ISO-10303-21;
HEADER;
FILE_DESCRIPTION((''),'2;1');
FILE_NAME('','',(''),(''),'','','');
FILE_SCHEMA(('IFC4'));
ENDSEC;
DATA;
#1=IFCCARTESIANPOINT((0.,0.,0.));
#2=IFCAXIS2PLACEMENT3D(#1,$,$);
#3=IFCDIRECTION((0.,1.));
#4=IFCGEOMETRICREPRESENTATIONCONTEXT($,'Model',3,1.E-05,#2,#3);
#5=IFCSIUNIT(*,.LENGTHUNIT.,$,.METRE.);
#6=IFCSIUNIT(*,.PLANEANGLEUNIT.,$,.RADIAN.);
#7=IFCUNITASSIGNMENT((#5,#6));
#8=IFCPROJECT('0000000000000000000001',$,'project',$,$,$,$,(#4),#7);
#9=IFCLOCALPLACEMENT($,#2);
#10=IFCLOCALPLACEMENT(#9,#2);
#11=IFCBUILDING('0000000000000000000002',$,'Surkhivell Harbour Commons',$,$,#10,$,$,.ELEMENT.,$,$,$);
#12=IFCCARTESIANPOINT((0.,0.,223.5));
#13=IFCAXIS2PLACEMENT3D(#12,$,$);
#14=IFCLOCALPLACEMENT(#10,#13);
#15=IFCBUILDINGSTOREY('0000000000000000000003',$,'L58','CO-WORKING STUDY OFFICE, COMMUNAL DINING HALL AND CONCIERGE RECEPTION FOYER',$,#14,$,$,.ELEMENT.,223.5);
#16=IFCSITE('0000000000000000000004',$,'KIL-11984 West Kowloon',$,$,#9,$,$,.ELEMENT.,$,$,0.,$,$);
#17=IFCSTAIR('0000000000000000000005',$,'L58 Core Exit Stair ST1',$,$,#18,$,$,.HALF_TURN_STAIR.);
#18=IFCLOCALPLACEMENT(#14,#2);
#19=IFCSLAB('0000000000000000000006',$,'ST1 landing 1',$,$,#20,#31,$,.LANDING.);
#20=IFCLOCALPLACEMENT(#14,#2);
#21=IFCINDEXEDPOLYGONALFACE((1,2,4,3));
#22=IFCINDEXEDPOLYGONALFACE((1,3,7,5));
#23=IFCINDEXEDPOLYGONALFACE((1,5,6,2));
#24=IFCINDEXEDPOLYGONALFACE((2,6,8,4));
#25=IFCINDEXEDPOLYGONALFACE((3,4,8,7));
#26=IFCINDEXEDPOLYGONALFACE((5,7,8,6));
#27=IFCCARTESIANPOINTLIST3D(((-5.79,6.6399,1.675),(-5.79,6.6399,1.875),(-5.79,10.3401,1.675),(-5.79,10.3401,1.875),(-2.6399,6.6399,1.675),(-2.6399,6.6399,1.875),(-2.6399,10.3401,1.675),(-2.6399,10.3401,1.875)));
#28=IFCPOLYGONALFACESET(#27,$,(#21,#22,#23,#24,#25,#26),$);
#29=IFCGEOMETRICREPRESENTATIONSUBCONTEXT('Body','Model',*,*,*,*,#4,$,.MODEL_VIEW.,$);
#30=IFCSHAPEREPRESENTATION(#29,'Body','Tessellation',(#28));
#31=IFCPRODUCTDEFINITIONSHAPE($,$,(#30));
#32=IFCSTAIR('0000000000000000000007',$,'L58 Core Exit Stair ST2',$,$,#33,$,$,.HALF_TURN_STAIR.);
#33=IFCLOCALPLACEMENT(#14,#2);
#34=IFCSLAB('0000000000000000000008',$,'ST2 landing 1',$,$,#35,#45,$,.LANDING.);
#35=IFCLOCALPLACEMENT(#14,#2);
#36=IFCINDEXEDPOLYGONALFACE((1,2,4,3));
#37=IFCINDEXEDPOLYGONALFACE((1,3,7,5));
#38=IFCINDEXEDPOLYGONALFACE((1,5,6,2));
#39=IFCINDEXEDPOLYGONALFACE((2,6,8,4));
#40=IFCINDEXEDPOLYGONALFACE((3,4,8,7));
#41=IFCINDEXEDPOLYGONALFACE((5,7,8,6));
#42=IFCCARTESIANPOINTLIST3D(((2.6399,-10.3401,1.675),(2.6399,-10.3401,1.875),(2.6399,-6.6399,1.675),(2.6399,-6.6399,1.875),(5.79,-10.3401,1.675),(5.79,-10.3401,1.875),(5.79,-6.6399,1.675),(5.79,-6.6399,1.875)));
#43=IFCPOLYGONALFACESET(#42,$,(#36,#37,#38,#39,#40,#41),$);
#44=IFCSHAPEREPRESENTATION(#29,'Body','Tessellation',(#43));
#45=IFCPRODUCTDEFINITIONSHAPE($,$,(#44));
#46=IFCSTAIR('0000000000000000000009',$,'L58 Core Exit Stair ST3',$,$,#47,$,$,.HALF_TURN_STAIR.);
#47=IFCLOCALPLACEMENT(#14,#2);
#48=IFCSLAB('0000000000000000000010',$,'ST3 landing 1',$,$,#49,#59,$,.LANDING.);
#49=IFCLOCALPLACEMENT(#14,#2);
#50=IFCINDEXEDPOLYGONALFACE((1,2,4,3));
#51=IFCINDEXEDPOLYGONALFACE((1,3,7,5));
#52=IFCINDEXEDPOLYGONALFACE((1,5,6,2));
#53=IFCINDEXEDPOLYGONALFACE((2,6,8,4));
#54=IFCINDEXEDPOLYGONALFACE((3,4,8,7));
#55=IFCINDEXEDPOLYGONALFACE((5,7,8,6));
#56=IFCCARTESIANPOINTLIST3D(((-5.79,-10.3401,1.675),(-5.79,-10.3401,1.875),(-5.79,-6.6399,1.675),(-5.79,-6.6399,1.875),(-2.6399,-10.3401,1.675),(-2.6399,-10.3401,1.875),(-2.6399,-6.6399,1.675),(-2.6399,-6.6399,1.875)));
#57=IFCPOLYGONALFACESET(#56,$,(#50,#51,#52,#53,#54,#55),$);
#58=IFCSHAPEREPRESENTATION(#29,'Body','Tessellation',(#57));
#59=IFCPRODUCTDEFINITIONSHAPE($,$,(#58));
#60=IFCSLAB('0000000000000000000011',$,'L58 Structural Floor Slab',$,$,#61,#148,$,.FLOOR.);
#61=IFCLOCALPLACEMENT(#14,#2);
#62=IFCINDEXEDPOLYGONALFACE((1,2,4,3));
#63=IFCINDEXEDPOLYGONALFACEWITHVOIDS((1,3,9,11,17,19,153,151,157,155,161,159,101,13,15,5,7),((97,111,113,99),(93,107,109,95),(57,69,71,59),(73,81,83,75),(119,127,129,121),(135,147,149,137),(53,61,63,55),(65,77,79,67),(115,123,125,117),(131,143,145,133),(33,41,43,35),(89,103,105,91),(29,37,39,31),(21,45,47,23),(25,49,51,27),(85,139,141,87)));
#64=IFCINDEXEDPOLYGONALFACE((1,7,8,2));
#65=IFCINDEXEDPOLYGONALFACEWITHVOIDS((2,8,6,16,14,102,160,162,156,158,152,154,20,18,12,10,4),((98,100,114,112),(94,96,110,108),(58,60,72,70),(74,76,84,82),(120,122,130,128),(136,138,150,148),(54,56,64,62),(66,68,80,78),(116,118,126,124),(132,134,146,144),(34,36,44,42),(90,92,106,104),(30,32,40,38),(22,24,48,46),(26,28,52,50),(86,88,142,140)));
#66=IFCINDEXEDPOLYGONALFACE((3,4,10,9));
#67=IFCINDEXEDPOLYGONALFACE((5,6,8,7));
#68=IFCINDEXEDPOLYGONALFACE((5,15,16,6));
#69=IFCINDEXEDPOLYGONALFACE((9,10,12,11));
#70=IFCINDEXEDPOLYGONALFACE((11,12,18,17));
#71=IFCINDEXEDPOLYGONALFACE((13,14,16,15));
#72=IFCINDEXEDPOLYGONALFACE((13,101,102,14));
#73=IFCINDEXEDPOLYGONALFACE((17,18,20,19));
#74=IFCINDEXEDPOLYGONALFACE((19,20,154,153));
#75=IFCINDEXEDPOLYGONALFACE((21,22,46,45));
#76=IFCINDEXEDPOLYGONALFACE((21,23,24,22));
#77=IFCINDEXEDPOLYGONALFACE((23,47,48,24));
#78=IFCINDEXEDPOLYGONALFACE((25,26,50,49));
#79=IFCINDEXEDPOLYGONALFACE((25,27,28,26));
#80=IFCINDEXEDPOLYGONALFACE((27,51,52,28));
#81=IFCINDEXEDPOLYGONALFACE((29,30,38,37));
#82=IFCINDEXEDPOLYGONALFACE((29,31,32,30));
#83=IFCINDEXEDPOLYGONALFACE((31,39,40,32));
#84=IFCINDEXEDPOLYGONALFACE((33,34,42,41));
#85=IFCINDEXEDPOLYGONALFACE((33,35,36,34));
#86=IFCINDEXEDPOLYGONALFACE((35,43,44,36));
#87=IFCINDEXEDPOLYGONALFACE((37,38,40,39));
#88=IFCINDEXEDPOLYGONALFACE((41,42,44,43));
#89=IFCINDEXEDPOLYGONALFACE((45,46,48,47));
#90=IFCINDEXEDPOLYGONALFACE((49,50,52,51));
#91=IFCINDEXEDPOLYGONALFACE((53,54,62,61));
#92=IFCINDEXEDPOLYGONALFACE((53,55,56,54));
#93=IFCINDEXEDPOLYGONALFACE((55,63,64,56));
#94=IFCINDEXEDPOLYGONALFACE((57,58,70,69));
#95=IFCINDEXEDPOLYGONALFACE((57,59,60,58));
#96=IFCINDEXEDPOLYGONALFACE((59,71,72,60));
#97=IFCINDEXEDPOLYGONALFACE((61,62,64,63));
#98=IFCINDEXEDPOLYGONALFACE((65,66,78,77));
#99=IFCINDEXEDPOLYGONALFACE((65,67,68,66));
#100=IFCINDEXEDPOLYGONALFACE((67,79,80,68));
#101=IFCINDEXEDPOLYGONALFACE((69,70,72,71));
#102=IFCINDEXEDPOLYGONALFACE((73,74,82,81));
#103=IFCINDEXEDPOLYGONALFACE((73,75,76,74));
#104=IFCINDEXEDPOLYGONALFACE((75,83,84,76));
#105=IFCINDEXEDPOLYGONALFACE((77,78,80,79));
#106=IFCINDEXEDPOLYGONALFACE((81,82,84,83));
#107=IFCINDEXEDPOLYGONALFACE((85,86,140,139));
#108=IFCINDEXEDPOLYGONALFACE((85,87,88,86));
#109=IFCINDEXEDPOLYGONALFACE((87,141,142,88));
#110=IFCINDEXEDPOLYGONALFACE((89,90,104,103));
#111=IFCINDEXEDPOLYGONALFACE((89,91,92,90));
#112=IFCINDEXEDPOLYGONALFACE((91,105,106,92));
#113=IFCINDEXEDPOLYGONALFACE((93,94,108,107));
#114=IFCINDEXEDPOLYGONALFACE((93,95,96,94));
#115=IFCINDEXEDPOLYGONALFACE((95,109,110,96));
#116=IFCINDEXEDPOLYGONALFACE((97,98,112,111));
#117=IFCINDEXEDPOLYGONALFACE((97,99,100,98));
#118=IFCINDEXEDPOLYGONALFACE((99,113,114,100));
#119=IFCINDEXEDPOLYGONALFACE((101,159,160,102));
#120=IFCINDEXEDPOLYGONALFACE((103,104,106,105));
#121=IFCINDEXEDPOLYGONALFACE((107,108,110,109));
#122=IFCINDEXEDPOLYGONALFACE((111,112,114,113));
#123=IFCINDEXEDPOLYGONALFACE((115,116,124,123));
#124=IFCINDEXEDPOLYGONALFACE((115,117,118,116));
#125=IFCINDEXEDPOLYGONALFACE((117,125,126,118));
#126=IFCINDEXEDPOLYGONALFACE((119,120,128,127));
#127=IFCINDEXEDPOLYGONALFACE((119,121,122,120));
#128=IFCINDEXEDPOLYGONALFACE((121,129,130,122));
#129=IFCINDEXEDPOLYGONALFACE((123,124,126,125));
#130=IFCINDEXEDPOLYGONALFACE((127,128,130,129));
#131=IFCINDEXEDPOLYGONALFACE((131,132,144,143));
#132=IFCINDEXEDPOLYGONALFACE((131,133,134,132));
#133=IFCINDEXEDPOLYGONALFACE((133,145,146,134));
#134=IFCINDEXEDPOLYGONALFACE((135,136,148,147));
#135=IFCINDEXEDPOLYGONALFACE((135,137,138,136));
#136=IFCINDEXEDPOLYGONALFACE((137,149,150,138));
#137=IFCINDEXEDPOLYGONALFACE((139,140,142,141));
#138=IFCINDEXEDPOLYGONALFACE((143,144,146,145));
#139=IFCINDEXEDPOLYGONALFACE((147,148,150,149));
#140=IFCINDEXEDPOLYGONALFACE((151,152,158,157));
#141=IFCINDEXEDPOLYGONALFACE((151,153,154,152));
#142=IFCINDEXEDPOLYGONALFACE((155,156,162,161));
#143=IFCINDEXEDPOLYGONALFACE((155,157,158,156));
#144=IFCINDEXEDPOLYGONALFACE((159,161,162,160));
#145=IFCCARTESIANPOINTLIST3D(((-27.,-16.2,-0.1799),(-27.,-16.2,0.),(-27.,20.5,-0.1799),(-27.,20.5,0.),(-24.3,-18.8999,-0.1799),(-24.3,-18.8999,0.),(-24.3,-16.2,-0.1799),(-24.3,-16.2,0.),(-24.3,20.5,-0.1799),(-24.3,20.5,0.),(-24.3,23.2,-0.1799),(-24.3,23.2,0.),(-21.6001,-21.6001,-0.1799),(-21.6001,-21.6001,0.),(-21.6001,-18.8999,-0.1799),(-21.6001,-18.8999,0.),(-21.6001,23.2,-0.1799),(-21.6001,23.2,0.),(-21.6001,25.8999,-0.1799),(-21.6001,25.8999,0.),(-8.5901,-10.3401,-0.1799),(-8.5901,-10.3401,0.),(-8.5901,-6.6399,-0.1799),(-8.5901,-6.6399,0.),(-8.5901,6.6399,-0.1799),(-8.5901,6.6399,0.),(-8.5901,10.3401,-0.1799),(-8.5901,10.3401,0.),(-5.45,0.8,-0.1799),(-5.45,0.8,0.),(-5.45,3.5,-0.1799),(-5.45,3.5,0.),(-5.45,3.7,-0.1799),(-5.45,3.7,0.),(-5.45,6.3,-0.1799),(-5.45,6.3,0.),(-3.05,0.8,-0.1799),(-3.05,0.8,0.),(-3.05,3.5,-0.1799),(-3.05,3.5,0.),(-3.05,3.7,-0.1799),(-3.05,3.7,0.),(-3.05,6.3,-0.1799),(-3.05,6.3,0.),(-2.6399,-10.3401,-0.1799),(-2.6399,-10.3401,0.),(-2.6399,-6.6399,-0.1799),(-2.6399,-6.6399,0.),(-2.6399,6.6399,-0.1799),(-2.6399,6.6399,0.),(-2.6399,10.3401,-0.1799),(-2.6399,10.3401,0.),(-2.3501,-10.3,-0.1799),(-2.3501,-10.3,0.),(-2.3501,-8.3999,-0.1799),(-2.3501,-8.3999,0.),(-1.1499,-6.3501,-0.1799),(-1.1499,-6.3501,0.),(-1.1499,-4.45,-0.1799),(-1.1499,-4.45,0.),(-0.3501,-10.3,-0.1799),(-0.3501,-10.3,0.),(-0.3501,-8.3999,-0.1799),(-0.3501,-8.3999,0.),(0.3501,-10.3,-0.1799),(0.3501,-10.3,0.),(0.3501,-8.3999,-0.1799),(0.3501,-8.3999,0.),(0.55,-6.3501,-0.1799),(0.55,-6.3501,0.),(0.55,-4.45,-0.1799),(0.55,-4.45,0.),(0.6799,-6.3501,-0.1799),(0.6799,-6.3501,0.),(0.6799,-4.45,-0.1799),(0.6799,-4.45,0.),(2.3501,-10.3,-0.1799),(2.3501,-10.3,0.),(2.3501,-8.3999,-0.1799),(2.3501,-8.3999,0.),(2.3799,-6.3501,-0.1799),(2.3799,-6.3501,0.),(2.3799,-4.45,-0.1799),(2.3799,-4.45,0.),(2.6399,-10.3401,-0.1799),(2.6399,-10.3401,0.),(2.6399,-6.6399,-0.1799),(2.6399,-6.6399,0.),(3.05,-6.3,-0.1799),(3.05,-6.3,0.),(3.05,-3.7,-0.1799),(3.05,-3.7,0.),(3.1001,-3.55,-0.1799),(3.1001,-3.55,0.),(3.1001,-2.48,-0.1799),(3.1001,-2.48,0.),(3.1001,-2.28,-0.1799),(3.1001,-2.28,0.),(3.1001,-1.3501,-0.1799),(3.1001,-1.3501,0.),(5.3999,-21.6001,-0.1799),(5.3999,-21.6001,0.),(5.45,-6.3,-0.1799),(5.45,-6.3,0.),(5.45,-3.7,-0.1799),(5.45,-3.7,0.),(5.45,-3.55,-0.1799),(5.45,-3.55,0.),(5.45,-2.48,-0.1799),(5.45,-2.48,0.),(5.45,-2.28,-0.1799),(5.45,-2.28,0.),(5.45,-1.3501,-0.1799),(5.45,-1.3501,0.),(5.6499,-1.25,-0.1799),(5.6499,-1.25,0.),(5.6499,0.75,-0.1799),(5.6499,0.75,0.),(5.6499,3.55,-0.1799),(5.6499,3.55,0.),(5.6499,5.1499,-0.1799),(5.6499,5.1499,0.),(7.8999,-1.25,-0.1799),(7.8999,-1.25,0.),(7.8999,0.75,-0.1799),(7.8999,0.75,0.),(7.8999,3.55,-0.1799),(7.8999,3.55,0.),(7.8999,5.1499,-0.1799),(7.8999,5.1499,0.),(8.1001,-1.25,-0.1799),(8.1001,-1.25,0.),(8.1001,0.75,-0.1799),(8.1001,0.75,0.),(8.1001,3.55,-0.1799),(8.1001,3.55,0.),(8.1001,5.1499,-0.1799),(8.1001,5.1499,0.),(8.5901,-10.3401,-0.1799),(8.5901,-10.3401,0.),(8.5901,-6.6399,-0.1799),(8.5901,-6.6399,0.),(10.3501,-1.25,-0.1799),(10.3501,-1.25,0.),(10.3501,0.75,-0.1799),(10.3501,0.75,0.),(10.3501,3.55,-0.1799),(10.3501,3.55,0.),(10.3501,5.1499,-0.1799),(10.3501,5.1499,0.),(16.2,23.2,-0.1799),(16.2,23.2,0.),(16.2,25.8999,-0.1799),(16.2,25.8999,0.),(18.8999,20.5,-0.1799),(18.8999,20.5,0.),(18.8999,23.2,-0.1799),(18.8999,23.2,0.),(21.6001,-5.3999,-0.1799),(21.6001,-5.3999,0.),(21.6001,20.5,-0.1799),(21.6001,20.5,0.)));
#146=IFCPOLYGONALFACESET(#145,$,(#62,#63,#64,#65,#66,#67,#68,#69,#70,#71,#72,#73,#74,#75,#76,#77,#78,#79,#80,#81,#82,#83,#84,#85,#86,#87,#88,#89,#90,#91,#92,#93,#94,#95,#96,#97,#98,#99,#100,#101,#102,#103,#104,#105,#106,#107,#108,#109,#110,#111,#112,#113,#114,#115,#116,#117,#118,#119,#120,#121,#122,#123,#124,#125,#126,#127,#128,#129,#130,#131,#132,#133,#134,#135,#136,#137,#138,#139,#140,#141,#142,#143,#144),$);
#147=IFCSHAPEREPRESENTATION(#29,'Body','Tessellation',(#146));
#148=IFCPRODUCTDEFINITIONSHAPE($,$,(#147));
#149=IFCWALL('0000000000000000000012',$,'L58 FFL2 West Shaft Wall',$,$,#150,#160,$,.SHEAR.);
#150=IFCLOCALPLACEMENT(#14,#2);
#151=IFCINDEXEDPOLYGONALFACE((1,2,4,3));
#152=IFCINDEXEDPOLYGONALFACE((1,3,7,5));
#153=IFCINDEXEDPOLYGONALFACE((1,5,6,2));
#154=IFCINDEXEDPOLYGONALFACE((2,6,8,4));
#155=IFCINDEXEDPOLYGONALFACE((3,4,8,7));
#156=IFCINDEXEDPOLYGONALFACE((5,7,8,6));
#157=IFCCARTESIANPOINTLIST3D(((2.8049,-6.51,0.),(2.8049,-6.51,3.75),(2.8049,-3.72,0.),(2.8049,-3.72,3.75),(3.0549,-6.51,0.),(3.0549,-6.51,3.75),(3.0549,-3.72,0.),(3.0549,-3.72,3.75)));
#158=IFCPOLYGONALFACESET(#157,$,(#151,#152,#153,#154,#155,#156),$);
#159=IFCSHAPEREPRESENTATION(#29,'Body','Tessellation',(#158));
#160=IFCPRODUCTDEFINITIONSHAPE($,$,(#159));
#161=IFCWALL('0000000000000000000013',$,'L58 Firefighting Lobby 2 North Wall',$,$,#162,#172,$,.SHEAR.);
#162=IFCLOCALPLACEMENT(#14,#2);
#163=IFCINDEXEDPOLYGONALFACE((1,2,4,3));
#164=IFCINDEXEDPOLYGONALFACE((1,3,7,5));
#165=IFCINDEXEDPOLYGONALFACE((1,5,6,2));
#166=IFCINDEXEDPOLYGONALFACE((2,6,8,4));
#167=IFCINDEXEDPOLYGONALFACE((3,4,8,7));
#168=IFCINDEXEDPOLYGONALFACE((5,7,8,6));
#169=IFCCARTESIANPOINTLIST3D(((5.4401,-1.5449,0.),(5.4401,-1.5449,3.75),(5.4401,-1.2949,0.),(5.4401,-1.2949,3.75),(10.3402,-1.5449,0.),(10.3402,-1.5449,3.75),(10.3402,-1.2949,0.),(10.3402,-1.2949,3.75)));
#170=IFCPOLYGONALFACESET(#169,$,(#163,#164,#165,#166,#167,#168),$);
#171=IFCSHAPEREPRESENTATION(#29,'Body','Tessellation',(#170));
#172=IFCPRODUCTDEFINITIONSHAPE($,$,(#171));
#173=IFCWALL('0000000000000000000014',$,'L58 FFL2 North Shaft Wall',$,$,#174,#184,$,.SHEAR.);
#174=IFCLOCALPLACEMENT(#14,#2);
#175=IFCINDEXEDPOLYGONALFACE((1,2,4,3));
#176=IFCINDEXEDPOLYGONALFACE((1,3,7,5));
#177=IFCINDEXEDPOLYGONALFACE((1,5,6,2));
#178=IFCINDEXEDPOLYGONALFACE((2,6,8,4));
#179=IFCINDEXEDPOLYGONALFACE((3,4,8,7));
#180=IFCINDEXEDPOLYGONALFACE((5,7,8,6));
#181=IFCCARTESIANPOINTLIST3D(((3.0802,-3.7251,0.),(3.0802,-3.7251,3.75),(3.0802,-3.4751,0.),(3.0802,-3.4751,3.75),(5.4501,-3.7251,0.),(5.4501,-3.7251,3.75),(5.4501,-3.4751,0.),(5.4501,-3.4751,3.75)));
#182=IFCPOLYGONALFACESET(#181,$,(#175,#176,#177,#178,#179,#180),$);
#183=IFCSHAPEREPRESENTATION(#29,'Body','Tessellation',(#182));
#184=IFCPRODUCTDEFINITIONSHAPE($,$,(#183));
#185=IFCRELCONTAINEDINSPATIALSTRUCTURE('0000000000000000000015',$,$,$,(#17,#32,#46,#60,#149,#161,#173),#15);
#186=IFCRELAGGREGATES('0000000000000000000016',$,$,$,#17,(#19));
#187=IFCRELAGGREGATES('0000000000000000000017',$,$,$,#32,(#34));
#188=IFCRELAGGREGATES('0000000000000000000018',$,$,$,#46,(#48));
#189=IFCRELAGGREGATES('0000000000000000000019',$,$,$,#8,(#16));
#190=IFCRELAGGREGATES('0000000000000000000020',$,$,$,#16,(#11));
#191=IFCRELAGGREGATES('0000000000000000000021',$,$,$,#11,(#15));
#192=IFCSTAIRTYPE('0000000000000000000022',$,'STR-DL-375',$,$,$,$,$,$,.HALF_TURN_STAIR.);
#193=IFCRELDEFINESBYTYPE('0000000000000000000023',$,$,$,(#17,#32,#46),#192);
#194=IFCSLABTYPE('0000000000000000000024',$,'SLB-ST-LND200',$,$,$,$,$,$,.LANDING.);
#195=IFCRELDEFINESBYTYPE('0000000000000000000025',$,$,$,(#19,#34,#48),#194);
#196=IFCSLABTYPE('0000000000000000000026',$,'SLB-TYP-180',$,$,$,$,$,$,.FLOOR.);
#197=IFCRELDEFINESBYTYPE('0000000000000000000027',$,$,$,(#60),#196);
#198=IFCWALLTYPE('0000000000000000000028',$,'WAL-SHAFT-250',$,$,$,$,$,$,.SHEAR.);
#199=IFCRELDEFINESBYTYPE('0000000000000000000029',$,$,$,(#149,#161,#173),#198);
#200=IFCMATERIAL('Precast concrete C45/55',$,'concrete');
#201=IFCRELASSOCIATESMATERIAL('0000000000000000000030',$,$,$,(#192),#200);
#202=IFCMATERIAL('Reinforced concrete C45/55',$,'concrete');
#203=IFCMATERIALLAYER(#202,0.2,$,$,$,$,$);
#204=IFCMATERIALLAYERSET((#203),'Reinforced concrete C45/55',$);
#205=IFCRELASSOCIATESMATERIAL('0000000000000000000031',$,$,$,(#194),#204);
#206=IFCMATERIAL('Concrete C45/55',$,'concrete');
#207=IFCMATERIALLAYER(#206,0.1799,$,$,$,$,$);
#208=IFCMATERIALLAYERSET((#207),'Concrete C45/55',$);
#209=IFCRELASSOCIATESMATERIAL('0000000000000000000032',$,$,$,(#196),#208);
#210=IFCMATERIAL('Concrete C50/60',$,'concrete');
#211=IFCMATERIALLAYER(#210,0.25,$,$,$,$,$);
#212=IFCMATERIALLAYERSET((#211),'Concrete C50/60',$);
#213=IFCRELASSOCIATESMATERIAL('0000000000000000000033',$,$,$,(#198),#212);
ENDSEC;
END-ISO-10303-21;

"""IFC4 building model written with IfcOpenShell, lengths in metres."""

from ifc_helpers import new_model, si_unit, direction, frame, frame_2d, origin, place, context, subcontext, project, spatial, polyline, rectangle, outline, extrude, material, layer, layer_set, type_object, element, aggregate, save


model = new_model("IFC4")

# Units and contexts
model_context = context("Model", 3, precision=1e-05, world=origin(), true_north=direction((0.0, 1.0)))
body_context = subcontext(model_context, "Body", "Model", "MODEL_VIEW")
ifc_project = project(units=[si_unit("LENGTHUNIT", "METRE"), si_unit("PLANEANGLEUNIT", "RADIAN")], contexts=[model_context])

# Site, building, storey
site_placement = place(None, origin())
site = spatial("IfcSite", under=ifc_project, at=site_placement, Name="KIL-11984 West Kowloon", CompositionType="ELEMENT", RefElevation=0.0)
building_placement = place(site_placement, origin())
building = spatial("IfcBuilding", under=site, at=building_placement, Name="Surkhivell Harbour Commons", CompositionType="ELEMENT")
storey_placement = place(building_placement, frame((0.0, 0.0, 223.5)))
storey = spatial("IfcBuildingStorey", under=building, at=storey_placement, Name="L58", Description="CO-WORKING STUDY OFFICE, COMMUNAL DINING HALL AND CONCIERGE RECEPTION FOYER", CompositionType="ELEMENT", Elevation=223.5)

# Stairs, slabs
ifc_material_1 = material(Name="Precast concrete C45/55", Category="concrete")
stair_type = type_object("IfcStairType", Name="STR-DL-375", PredefinedType="HALF_TURN_STAIR", material=ifc_material_1)
stair_1_placement = place(storey_placement, origin())
stair_1 = element("IfcStair", 1, at=stair_1_placement, inside=storey, type_object=stair_type, Name="L58 Core Exit Stair ST1", PredefinedType="HALF_TURN_STAIR")
ifc_material_2 = material(Name="Reinforced concrete C45/55", Category="concrete")
ifc_layer_1 = layer(ifc_material_2, 0.2)
ifc_layer_set_1 = layer_set([ifc_layer_1], Name="Reinforced concrete C45/55")
slab_type_1 = type_object("IfcSlabType", Name="SLB-ST-LND200", PredefinedType="LANDING", material=ifc_layer_set_1)
slab_1_placement = place(storey_placement, frame((0.0, 0.0, 1.675)))
slab_1 = element("IfcSlab", 2, at=slab_1_placement, type_object=slab_type_1, Name="ST1 landing 1", PredefinedType="LANDING", context=body_context, shape_type="SweptSolid", body=[
    extrude(outline(polyline([(-5.79, 6.6399), (-2.6399, 6.6399), (-2.6399, 10.3401), (-5.79, 10.3401), (-5.79, 6.6399)])), origin(), (0.0, 0.0, 1.0), 0.2),
])
aggregate(stair_1, [slab_1])
stair_2_placement = place(storey_placement, origin())
stair_2 = element("IfcStair", 3, at=stair_2_placement, inside=storey, type_object=stair_type, Name="L58 Core Exit Stair ST2", PredefinedType="HALF_TURN_STAIR")
slab_2_placement = place(storey_placement, frame((0.0, 0.0, 1.675)))
slab_2 = element("IfcSlab", 4, at=slab_2_placement, type_object=slab_type_1, Name="ST2 landing 1", PredefinedType="LANDING", context=body_context, shape_type="SweptSolid", body=[
    extrude(outline(polyline([(5.79, -6.6399), (2.6399, -6.6399), (2.6399, -10.3401), (5.79, -10.3401), (5.79, -6.6399)])), origin(), (0.0, 0.0, 1.0), 0.2),
])
aggregate(stair_2, [slab_2])
stair_3_placement = place(storey_placement, origin())
stair_3 = element("IfcStair", 5, at=stair_3_placement, inside=storey, type_object=stair_type, Name="L58 Core Exit Stair ST3", PredefinedType="HALF_TURN_STAIR")
slab_3_placement = place(storey_placement, frame((0.0, 0.0, 1.675)))
slab_3 = element("IfcSlab", 6, at=slab_3_placement, type_object=slab_type_1, Name="ST3 landing 1", PredefinedType="LANDING", context=body_context, shape_type="SweptSolid", body=[
    extrude(outline(polyline([(-5.79, -10.3401), (-2.6399, -10.3401), (-2.6399, -6.6399), (-5.79, -6.6399), (-5.79, -10.3401)])), origin(), (0.0, 0.0, 1.0), 0.2),
])
aggregate(stair_3, [slab_3])

# Slab
ifc_material_3 = material(Name="Concrete C45/55", Category="concrete")
ifc_layer_2 = layer(ifc_material_3, 0.1799)
ifc_layer_set_2 = layer_set([ifc_layer_2], Name="Concrete C45/55")
slab_type_2 = type_object("IfcSlabType", Name="SLB-TYP-180", PredefinedType="FLOOR", material=ifc_layer_set_2)
slab_4_placement = place(storey_placement, frame((0.0, 0.0, -0.1799)))
element("IfcSlab", 7, at=slab_4_placement, inside=storey, type_object=slab_type_2, Name="L58 Structural Floor Slab", PredefinedType="FLOOR", context=body_context, shape_type="SweptSolid", body=[
    extrude(outline(polyline([(-21.6001, -21.6001), (5.3999, -21.6001), (21.6001, -5.3999), (21.6001, 20.5), (18.8999, 20.5), (18.8999, 23.2), (16.2, 23.2), (16.2, 25.8999), (-21.6001, 25.8999), (-21.6001, 23.2), (-24.3, 23.2), (-24.3, 20.5), (-27.0, 20.5), (-27.0, -16.2), (-24.3, -16.2), (-24.3, -18.8999), (-21.6001, -18.8999), (-21.6001, -21.6001)]), holes=[polyline([(-8.5901, 6.6399), (-2.6399, 6.6399), (-2.6399, 10.3401), (-8.5901, 10.3401), (-8.5901, 6.6399)]), polyline([(8.5901, -6.6399), (2.6399, -6.6399), (2.6399, -10.3401), (8.5901, -10.3401), (8.5901, -6.6399)]), polyline([(-8.5901, -10.3401), (-2.6399, -10.3401), (-2.6399, -6.6399), (-8.5901, -6.6399), (-8.5901, -10.3401)]), polyline([(5.6499, 3.55), (7.8999, 3.55), (7.8999, 5.1499), (5.6499, 5.1499), (5.6499, 3.55)]), polyline([(8.1001, 3.55), (10.3501, 3.55), (10.3501, 5.1499), (8.1001, 5.1499), (8.1001, 3.55)]), polyline([(5.6499, -1.25), (7.8999, -1.25), (7.8999, 0.75), (5.6499, 0.75), (5.6499, -1.25)]), polyline([(8.1001, -1.25), (10.3501, -1.25), (10.3501, 0.75), (8.1001, 0.75), (8.1001, -1.25)]), polyline([(-1.1499, -6.3501), (0.55, -6.3501), (0.55, -4.45), (-1.1499, -4.45), (-1.1499, -6.3501)]), polyline([(0.6799, -6.3501), (2.3799, -6.3501), (2.3799, -4.45), (0.6799, -4.45), (0.6799, -6.3501)]), polyline([(-2.3501, -10.3), (-0.3501, -10.3), (-0.3501, -8.3999), (-2.3501, -8.3999), (-2.3501, -10.3)]), polyline([(0.3501, -10.3), (2.3501, -10.3), (2.3501, -8.3999), (0.3501, -8.3999), (0.3501, -10.3)]), polyline([(-5.45, 3.7), (-3.05, 3.7), (-3.05, 6.3), (-5.45, 6.3), (-5.45, 3.7)]), polyline([(3.05, -6.3), (5.45, -6.3), (5.45, -3.7), (3.05, -3.7), (3.05, -6.3)]), polyline([(-5.45, 0.8), (-3.05, 0.8), (-3.05, 3.5), (-5.45, 3.5), (-5.45, 0.8)]), polyline([(3.1001, -3.55), (5.45, -3.55), (5.45, -2.48), (3.1001, -2.48), (3.1001, -3.55)]), polyline([(3.1001, -2.28), (5.45, -2.28), (5.45, -1.3501), (3.1001, -1.3501), (3.1001, -2.28)])]), origin(), (0.0, 0.0, 1.0), 0.1799),
])

# Walls
ifc_material_4 = material(Name="Concrete C50/60", Category="concrete")
ifc_layer_3 = layer(ifc_material_4, 0.25)
ifc_layer_set_3 = layer_set([ifc_layer_3], Name="Concrete C50/60")
wall_type = type_object("IfcWallType", Name="WAL-SHAFT-250", PredefinedType="SHEAR", material=ifc_layer_set_3)
wall_1_placement = place(storey_placement, frame((2.9299, -6.51, 0.0), z_axis=(0.0, 0.0, 1.0), x_axis=(0.0, 1.0, 0.0)))
element("IfcWall", 8, at=wall_1_placement, inside=storey, type_object=wall_type, Name="L58 FFL2 West Shaft Wall", PredefinedType="SHEAR", context=body_context, shape_type="SweptSolid", body=[
    extrude(rectangle(XDim=2.79, YDim=0.25, at=frame_2d((1.395, 0.0))), origin(), (0.0, 0.0, 1.0), 3.75),
])
wall_2_placement = place(storey_placement, frame((5.4399, -1.4199, 0.0), z_axis=(0.0, 0.0, 1.0), x_axis=(1.0, 0.0, 0.0)))
element("IfcWall", 9, at=wall_2_placement, inside=storey, type_object=wall_type, Name="L58 Firefighting Lobby 2 North Wall", PredefinedType="SHEAR", context=body_context, shape_type="SweptSolid", body=[
    extrude(rectangle(XDim=4.9001, YDim=0.25, at=frame_2d((2.4502, 0.0))), origin(), (0.0, 0.0, 1.0), 3.75),
])
wall_3_placement = place(storey_placement, frame((3.0801, -3.6001, 0.0), z_axis=(0.0, 0.0, 1.0), x_axis=(1.0, 0.0, 0.0)))
element("IfcWall", 10, at=wall_3_placement, inside=storey, type_object=wall_type, Name="L58 FFL2 North Shaft Wall", PredefinedType="SHEAR", context=body_context, shape_type="SweptSolid", body=[
    extrude(rectangle(XDim=2.3699, YDim=0.25, at=frame_2d((1.1851, 0.0))), origin(), (0.0, 0.0, 1.0), 3.75),
])

save(model, "model.ifc")
